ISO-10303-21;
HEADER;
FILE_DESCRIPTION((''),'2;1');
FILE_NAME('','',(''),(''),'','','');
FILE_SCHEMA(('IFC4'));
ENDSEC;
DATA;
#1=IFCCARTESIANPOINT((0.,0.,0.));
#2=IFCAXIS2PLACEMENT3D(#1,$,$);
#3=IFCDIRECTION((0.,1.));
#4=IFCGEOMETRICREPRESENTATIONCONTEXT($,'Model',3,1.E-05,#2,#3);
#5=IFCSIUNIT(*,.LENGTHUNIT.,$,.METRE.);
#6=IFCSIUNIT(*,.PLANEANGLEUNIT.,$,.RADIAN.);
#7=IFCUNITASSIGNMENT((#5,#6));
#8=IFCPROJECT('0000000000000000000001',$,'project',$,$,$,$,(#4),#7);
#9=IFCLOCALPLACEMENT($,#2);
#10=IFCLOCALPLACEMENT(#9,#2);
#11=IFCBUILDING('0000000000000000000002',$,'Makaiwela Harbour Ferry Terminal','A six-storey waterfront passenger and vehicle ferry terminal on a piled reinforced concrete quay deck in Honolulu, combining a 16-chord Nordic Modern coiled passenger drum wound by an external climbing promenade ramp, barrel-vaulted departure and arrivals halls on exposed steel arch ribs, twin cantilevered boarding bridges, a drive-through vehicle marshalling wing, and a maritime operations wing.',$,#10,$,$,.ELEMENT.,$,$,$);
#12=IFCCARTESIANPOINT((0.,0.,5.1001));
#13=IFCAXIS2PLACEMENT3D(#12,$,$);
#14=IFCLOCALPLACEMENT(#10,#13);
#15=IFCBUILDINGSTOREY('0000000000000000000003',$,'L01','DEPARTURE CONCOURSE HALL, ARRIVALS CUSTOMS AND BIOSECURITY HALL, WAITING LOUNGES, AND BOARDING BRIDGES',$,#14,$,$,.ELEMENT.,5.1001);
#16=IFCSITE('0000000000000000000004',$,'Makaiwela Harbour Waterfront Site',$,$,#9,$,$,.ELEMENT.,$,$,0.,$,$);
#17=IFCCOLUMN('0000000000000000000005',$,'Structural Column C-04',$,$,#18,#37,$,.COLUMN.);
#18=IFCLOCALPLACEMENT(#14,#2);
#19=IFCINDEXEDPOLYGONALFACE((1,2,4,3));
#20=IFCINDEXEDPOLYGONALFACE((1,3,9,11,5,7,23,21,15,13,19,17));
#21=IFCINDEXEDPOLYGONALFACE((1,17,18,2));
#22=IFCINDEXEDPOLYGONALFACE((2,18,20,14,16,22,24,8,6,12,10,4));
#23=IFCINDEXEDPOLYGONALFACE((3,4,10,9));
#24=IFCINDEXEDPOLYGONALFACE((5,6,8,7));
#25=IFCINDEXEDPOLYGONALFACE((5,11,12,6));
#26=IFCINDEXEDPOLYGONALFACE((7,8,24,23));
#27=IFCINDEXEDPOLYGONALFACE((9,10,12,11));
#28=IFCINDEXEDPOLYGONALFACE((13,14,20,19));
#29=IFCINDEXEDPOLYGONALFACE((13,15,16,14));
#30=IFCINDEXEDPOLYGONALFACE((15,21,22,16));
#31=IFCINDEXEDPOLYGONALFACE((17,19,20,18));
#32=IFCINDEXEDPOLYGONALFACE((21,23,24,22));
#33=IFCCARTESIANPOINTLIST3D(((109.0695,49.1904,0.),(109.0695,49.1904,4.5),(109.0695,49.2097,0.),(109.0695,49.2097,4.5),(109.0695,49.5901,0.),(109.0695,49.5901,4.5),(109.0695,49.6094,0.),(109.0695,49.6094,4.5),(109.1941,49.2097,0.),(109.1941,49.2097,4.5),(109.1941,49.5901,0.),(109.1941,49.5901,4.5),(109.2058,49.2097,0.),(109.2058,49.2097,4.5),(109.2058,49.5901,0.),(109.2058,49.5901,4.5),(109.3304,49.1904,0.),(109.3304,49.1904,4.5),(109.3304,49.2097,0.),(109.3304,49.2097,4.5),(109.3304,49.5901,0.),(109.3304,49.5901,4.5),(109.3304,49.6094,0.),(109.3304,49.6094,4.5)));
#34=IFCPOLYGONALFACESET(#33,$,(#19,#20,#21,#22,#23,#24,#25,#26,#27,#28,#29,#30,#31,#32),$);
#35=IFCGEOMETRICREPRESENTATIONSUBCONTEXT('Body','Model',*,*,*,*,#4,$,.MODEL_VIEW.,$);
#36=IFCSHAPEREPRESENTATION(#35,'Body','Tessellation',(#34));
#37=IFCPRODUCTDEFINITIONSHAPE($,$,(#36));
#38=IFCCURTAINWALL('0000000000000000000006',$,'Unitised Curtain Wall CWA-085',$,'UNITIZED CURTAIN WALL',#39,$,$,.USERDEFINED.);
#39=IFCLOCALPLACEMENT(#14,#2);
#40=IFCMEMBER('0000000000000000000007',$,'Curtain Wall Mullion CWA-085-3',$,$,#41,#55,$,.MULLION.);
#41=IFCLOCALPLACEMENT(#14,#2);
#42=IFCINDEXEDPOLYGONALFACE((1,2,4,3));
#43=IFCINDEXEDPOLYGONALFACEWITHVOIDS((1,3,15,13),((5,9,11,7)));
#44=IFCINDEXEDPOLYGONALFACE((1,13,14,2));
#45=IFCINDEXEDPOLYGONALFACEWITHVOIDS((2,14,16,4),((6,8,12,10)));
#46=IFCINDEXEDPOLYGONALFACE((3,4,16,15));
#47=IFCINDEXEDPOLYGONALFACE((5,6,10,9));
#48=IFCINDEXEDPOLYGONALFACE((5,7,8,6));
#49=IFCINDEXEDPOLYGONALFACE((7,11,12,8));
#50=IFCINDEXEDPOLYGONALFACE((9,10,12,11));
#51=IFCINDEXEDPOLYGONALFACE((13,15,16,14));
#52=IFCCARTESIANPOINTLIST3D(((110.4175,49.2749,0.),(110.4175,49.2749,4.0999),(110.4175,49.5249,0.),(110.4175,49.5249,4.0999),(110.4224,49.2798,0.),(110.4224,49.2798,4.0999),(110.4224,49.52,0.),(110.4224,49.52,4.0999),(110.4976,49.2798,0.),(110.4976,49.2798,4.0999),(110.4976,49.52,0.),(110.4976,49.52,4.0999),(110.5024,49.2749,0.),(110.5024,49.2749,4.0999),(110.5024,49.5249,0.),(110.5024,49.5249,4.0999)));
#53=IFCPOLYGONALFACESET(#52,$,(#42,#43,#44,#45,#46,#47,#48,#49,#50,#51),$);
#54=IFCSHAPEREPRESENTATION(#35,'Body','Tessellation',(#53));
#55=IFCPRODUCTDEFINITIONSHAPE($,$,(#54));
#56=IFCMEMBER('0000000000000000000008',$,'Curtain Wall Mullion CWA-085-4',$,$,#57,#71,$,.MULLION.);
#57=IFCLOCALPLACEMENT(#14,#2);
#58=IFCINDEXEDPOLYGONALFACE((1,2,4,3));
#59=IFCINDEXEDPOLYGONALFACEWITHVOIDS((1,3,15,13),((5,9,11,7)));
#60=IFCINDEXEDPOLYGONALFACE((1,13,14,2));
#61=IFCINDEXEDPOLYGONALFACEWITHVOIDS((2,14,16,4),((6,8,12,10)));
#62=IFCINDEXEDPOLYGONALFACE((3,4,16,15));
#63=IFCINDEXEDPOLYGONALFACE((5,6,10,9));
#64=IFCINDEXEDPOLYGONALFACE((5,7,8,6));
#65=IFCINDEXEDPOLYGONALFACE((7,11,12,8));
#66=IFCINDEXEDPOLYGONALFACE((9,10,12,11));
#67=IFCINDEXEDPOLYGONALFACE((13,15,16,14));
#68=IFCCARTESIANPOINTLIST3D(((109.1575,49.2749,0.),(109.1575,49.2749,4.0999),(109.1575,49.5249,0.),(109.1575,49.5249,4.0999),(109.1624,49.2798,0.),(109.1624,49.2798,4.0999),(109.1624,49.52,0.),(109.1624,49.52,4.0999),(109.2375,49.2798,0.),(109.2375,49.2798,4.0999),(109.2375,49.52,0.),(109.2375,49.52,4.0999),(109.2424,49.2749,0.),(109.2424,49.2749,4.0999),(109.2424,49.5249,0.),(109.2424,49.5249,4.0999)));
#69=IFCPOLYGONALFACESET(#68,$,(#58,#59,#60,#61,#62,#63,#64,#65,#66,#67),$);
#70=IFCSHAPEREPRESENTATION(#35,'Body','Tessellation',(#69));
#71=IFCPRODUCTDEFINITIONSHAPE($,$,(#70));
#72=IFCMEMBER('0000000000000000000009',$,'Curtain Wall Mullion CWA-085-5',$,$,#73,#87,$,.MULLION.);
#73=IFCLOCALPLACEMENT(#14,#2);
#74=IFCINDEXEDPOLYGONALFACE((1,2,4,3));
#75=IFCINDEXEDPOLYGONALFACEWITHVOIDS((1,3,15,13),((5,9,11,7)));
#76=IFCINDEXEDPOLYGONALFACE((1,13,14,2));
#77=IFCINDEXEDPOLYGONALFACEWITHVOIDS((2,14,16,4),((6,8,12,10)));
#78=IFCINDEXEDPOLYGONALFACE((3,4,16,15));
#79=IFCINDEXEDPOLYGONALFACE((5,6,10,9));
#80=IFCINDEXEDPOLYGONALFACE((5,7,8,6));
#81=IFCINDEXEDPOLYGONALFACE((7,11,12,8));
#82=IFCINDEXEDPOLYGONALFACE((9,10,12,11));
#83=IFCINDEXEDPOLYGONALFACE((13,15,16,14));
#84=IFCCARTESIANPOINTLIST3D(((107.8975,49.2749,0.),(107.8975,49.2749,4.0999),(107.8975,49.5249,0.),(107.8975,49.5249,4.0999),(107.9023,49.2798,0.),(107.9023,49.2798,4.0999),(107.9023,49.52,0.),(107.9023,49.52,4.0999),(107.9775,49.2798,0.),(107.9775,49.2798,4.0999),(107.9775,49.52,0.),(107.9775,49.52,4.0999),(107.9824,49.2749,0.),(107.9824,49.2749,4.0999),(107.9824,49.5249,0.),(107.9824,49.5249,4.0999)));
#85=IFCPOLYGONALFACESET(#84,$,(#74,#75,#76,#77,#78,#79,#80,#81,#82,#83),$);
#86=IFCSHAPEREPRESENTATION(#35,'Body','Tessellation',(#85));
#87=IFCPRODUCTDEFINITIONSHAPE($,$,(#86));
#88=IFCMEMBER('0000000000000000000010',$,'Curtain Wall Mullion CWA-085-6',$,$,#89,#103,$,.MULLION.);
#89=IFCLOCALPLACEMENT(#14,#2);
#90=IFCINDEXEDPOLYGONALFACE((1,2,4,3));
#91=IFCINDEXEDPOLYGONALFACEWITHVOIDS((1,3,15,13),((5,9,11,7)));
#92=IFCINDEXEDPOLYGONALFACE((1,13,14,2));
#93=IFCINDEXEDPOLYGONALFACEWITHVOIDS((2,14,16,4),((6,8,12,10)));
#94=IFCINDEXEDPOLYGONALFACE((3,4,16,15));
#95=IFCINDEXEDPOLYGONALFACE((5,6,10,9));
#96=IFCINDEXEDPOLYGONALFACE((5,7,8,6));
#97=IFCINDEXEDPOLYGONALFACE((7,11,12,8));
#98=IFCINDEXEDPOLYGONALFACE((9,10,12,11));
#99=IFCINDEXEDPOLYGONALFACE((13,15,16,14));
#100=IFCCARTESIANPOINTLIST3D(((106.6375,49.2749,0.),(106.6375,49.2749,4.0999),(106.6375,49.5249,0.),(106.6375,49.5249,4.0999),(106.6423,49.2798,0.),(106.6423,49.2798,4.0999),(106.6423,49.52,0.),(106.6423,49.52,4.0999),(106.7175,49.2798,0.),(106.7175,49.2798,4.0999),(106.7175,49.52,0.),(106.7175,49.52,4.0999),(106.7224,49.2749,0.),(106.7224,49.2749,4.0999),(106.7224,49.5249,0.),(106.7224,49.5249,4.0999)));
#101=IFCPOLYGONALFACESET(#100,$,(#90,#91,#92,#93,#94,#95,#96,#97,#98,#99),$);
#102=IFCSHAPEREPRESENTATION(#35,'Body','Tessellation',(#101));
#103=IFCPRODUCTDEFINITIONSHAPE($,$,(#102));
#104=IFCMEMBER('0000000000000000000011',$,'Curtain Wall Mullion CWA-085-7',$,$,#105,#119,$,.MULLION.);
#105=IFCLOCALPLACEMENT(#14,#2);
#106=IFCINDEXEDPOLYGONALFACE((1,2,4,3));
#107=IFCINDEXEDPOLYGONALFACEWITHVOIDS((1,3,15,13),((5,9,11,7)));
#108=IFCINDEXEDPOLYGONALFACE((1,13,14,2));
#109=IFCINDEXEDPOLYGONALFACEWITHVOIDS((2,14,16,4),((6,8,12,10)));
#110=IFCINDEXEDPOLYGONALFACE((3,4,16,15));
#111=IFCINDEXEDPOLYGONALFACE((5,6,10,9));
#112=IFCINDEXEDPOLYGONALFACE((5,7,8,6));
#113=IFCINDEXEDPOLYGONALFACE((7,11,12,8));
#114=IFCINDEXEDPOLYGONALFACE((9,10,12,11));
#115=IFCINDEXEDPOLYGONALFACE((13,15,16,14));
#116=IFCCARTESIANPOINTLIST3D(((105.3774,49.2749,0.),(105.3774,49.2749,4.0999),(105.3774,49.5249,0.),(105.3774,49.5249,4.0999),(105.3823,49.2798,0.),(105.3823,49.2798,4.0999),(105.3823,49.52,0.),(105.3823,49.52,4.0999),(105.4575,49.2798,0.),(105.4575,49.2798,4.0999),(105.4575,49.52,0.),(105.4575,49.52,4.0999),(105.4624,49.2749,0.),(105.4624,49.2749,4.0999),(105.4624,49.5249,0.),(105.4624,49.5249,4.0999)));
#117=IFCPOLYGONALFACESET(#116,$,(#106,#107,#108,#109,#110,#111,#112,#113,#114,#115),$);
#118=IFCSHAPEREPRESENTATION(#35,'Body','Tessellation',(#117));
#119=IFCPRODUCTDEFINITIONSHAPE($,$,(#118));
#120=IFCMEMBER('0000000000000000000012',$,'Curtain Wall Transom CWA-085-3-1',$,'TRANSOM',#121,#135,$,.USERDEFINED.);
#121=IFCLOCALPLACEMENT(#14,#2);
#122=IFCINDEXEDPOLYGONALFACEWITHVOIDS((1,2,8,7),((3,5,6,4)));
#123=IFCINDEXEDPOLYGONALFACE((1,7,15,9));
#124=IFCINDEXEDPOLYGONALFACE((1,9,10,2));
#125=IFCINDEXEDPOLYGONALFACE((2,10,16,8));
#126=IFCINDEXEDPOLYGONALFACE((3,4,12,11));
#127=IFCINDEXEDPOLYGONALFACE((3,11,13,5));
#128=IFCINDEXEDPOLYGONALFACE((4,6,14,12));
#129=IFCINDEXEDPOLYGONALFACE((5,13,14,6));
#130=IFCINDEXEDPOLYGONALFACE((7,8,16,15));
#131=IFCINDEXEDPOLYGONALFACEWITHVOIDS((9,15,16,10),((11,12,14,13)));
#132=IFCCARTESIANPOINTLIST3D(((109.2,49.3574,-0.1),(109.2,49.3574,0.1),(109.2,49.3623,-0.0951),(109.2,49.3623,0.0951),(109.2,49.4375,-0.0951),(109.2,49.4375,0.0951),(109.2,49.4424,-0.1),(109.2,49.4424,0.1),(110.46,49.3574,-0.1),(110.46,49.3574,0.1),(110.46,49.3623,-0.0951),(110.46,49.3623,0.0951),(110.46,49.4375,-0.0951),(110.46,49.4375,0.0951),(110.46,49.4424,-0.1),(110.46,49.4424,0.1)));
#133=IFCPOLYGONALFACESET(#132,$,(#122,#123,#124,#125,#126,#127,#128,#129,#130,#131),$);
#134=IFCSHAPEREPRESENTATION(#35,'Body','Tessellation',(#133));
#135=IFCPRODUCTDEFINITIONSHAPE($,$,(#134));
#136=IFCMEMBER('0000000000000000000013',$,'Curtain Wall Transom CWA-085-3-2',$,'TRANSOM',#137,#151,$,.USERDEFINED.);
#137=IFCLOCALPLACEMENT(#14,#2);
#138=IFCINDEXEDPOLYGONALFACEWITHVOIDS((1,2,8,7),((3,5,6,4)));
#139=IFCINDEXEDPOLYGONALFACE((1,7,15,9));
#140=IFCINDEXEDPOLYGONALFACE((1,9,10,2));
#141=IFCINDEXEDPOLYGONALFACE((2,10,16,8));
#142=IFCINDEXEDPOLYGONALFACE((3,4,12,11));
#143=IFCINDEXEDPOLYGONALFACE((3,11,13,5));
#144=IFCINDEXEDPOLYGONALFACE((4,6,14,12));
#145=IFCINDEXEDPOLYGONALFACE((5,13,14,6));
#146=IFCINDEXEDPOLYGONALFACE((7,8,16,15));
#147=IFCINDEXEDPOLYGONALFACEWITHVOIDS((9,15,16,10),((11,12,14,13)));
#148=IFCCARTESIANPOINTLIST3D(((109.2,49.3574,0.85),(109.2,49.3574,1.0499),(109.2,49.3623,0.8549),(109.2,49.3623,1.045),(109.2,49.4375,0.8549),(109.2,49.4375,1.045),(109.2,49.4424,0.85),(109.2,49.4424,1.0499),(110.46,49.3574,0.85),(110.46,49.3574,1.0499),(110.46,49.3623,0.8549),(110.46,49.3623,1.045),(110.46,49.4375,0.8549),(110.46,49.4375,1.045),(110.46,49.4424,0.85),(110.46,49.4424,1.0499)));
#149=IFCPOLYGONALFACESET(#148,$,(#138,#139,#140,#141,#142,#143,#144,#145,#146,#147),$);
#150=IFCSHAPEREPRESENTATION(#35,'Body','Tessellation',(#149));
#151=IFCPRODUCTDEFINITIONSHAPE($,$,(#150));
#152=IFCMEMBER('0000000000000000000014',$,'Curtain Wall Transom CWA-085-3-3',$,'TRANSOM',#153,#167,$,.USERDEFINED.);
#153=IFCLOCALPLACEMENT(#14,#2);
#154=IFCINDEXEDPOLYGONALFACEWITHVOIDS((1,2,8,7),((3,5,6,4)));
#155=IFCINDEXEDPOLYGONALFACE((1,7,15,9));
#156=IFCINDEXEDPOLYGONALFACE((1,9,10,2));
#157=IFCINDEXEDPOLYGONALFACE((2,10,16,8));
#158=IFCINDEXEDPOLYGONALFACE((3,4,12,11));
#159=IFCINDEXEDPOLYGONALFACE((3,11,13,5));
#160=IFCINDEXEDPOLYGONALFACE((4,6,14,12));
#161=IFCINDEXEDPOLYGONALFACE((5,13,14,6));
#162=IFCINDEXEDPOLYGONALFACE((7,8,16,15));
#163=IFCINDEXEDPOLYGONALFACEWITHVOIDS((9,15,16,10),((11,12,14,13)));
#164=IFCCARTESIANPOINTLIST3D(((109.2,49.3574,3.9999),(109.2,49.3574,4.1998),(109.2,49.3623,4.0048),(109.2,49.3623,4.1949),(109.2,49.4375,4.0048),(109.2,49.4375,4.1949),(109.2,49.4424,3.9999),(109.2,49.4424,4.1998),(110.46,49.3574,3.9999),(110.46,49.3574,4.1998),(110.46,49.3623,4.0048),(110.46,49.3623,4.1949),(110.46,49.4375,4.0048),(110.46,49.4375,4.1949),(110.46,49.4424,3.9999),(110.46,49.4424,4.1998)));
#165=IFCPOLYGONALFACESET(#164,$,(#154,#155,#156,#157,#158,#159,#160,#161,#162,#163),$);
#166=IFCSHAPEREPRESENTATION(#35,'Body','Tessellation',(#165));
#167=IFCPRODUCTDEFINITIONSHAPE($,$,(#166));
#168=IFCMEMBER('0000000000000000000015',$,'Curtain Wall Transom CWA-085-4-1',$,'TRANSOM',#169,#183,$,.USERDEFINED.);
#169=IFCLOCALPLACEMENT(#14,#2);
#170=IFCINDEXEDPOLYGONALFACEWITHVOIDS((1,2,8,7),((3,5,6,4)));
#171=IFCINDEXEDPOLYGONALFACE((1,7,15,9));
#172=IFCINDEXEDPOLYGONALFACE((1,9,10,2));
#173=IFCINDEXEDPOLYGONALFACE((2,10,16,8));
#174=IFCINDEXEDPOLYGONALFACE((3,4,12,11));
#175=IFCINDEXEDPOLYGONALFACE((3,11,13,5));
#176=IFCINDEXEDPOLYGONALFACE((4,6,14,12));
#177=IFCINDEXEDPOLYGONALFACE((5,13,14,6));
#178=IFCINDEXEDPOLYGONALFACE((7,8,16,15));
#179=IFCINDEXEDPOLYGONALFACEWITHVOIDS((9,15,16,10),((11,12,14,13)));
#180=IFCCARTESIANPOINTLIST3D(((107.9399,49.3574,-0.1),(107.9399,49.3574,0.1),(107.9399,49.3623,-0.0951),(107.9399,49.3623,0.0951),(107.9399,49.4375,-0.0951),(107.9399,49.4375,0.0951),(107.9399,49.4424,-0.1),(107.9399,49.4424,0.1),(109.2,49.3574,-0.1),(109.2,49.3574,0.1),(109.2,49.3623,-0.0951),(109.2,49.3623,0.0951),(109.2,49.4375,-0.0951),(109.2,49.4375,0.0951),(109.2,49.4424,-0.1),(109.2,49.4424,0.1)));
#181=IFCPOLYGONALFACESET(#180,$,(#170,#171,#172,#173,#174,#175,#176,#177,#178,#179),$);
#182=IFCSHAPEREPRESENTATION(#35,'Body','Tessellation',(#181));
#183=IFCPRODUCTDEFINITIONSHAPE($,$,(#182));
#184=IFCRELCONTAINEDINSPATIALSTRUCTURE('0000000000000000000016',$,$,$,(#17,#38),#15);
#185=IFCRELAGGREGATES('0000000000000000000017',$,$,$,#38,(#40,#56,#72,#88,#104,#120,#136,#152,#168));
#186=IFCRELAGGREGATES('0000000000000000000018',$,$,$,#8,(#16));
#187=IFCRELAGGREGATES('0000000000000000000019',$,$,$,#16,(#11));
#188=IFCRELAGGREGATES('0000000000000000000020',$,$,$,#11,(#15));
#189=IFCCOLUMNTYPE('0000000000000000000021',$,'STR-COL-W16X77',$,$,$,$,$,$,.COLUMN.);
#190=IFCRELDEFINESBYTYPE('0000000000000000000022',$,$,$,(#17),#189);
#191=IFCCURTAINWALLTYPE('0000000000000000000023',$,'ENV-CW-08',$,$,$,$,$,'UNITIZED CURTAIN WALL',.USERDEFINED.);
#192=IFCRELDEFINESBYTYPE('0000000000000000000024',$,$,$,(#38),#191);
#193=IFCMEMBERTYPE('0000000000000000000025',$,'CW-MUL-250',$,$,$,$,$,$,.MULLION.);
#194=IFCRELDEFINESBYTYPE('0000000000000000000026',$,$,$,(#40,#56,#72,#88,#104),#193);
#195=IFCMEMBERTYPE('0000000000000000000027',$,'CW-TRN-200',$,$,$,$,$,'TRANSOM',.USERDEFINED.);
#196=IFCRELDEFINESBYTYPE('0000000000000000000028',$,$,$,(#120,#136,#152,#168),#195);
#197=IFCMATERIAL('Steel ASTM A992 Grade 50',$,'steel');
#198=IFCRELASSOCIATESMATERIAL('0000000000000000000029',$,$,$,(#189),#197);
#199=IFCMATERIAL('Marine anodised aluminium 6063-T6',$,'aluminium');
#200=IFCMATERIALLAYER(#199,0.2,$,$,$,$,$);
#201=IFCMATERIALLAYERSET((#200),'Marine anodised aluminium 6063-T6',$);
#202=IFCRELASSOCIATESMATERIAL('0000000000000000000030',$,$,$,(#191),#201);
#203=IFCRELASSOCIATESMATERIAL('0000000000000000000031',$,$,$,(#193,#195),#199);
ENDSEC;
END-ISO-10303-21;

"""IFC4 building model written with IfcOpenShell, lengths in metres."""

from ifc_helpers import new_model, si_unit, direction, frame, origin, origin_2d, place, context, subcontext, project, spatial, hollow_rectangle, i_section, extrude, material, layer, layer_set, material_profile, profile_set, type_object, element, aggregate, save


model = new_model("IFC4")

# Units and contexts
model_context = context("Model", 3, precision=1e-05, world=origin(), true_north=direction((0.0, 1.0)))
body_context = subcontext(model_context, "Body", "Model", "MODEL_VIEW")
ifc_project = project(units=[si_unit("LENGTHUNIT", "METRE"), si_unit("PLANEANGLEUNIT", "RADIAN")], contexts=[model_context])

# Site, building, storey
site_placement = place(None, origin())
site = spatial("IfcSite", under=ifc_project, at=site_placement, Name="Makaiwela Harbour Waterfront Site", CompositionType="ELEMENT", RefElevation=0.0)
building_placement = place(site_placement, origin())
building = spatial("IfcBuilding", under=site, at=building_placement, Name="Makaiwela Harbour Ferry Terminal", Description="A six-storey waterfront passenger and vehicle ferry terminal on a piled reinforced concrete quay deck in Honolulu, combining a 16-chord Nordic Modern coiled passenger drum wound by an external climbing promenade ramp, barrel-vaulted departure and arrivals halls on exposed steel arch ribs, twin cantilevered boarding bridges, a drive-through vehicle marshalling wing, and a maritime operations wing.", CompositionType="ELEMENT")
storey_placement = place(building_placement, frame((0.0, 0.0, 5.1001)))
storey = spatial("IfcBuildingStorey", under=building, at=storey_placement, Name="L01", Description="DEPARTURE CONCOURSE HALL, ARRIVALS CUSTOMS AND BIOSECURITY HALL, WAITING LOUNGES, AND BOARDING BRIDGES", CompositionType="ELEMENT", Elevation=5.1001)

# Column
ifc_material_1 = material(Name="Steel ASTM A992 Grade 50", Category="steel")
ifc_material_profile_1 = material_profile(ifc_material_1, i_section(OverallWidth=0.261, OverallDepth=0.4189, WebThickness=0.0117, FlangeThickness=0.0193, at=origin_2d()), Name="W16X77")
ifc_profile_set_1 = profile_set([ifc_material_profile_1], Name="Steel ASTM A992 Grade 50")
column_type = type_object("IfcColumnType", Name="STR-COL-W16X77", PredefinedType="COLUMN", material=ifc_profile_set_1)
column_placement = place(storey_placement, frame((109.2, 49.3999, 0.0), z_axis=(0.0, 0.0, 1.0), x_axis=(1.0, 0.0, 0.0)))
element("IfcColumn", 1, at=column_placement, inside=storey, type_object=column_type, Name="Structural Column C-04", PredefinedType="COLUMN", context=body_context, shape_type="SweptSolid", body=[
    extrude(i_section(OverallWidth=0.261, OverallDepth=0.4189, WebThickness=0.0117, FlangeThickness=0.0193, at=origin_2d()), origin(), (0.0, 0.0, 1.0), 4.5),
])

# Curtain wall, members
ifc_material_2 = material(Name="Marine anodised aluminium 6063-T6", Category="aluminium")
ifc_layer_1 = layer(ifc_material_2, 0.2)
ifc_layer_set_1 = layer_set([ifc_layer_1], Name="Marine anodised aluminium 6063-T6")
curtain_wall_type = type_object("IfcCurtainWallType", Name="ENV-CW-08", ElementType="UNITIZED CURTAIN WALL", PredefinedType="USERDEFINED", material=ifc_layer_set_1)
curtain_wall_placement = place(storey_placement, origin())
curtain_wall = element("IfcCurtainWall", 2, at=curtain_wall_placement, inside=storey, type_object=curtain_wall_type, Name="Unitised Curtain Wall CWA-085", ObjectType="UNITIZED CURTAIN WALL", PredefinedType="USERDEFINED")
ifc_material_profile_2 = material_profile(ifc_material_2, hollow_rectangle(XDim=0.085, YDim=0.25, WallThickness=0.0049, at=origin_2d()), Name="CWM-250X85")
ifc_profile_set_2 = profile_set([ifc_material_profile_2], Name="Marine anodised aluminium 6063-T6")
member_type_1 = type_object("IfcMemberType", Name="CW-MUL-250", PredefinedType="MULLION", material=ifc_profile_set_2)
member_1_placement = place(storey_placement, frame((110.46, 49.3999, 0.0), z_axis=(0.0, 0.0, 1.0), x_axis=(1.0, 0.0, 0.0)))
member_1 = element("IfcMember", 3, at=member_1_placement, type_object=member_type_1, Name="Curtain Wall Mullion CWA-085-3", PredefinedType="MULLION", context=body_context, shape_type="SweptSolid", body=[
    extrude(hollow_rectangle(XDim=0.085, YDim=0.25, WallThickness=0.0049, at=origin_2d()), origin(), (0.0, 0.0, 1.0), 4.0999),
])
member_2_placement = place(storey_placement, frame((109.2, 49.3999, 0.0), z_axis=(0.0, 0.0, 1.0), x_axis=(1.0, 0.0, 0.0)))
member_2 = element("IfcMember", 4, at=member_2_placement, type_object=member_type_1, Name="Curtain Wall Mullion CWA-085-4", PredefinedType="MULLION", context=body_context, shape_type="SweptSolid", body=[
    extrude(hollow_rectangle(XDim=0.085, YDim=0.25, WallThickness=0.0049, at=origin_2d()), origin(), (0.0, 0.0, 1.0), 4.0999),
])
member_3_placement = place(storey_placement, frame((107.9399, 49.3999, 0.0), z_axis=(0.0, 0.0, 1.0), x_axis=(1.0, 0.0, 0.0)))
member_3 = element("IfcMember", 5, at=member_3_placement, type_object=member_type_1, Name="Curtain Wall Mullion CWA-085-5", PredefinedType="MULLION", context=body_context, shape_type="SweptSolid", body=[
    extrude(hollow_rectangle(XDim=0.085, YDim=0.25, WallThickness=0.0049, at=origin_2d()), origin(), (0.0, 0.0, 1.0), 4.0999),
])
member_4_placement = place(storey_placement, frame((106.6799, 49.3999, 0.0), z_axis=(0.0, 0.0, 1.0), x_axis=(1.0, 0.0, 0.0)))
member_4 = element("IfcMember", 6, at=member_4_placement, type_object=member_type_1, Name="Curtain Wall Mullion CWA-085-6", PredefinedType="MULLION", context=body_context, shape_type="SweptSolid", body=[
    extrude(hollow_rectangle(XDim=0.085, YDim=0.25, WallThickness=0.0049, at=origin_2d()), origin(), (0.0, 0.0, 1.0), 4.0999),
])
member_5_placement = place(storey_placement, frame((105.4199, 49.3999, 0.0), z_axis=(0.0, 0.0, 1.0), x_axis=(1.0, 0.0, 0.0)))
member_5 = element("IfcMember", 7, at=member_5_placement, type_object=member_type_1, Name="Curtain Wall Mullion CWA-085-7", PredefinedType="MULLION", context=body_context, shape_type="SweptSolid", body=[
    extrude(hollow_rectangle(XDim=0.085, YDim=0.25, WallThickness=0.0049, at=origin_2d()), origin(), (0.0, 0.0, 1.0), 4.0999),
])
ifc_material_profile_3 = material_profile(ifc_material_2, hollow_rectangle(XDim=0.085, YDim=0.2, WallThickness=0.0049, at=origin_2d()), Name="CWT-200X85")
ifc_profile_set_3 = profile_set([ifc_material_profile_3], Name="Marine anodised aluminium 6063-T6")
member_type_2 = type_object("IfcMemberType", Name="CW-TRN-200", ElementType="TRANSOM", PredefinedType="USERDEFINED", material=ifc_profile_set_3)
member_6_placement = place(storey_placement, frame((110.46, 49.3999, 0.0), z_axis=(-1.0, 0.0, 0.0), x_axis=(0.0, -1.0, 0.0)))
member_6 = element("IfcMember", 8, at=member_6_placement, type_object=member_type_2, Name="Curtain Wall Transom CWA-085-3-1", ObjectType="TRANSOM", PredefinedType="USERDEFINED", context=body_context, shape_type="SweptSolid", body=[
    extrude(hollow_rectangle(XDim=0.085, YDim=0.2, WallThickness=0.0049, at=origin_2d()), origin(), (0.0, 0.0, 1.0), 1.26),
])
member_7_placement = place(storey_placement, frame((110.46, 49.3999, 0.95), z_axis=(-1.0, 0.0, 0.0), x_axis=(0.0, -1.0, 0.0)))
member_7 = element("IfcMember", 9, at=member_7_placement, type_object=member_type_2, Name="Curtain Wall Transom CWA-085-3-2", ObjectType="TRANSOM", PredefinedType="USERDEFINED", context=body_context, shape_type="SweptSolid", body=[
    extrude(hollow_rectangle(XDim=0.085, YDim=0.2, WallThickness=0.0049, at=origin_2d()), origin(), (0.0, 0.0, 1.0), 1.26),
])
member_8_placement = place(storey_placement, frame((110.46, 49.3999, 4.0999), z_axis=(-1.0, 0.0, 0.0), x_axis=(0.0, -1.0, 0.0)))
member_8 = element("IfcMember", 10, at=member_8_placement, type_object=member_type_2, Name="Curtain Wall Transom CWA-085-3-3", ObjectType="TRANSOM", PredefinedType="USERDEFINED", context=body_context, shape_type="SweptSolid", body=[
    extrude(hollow_rectangle(XDim=0.085, YDim=0.2, WallThickness=0.0049, at=origin_2d()), origin(), (0.0, 0.0, 1.0), 1.26),
])
member_9_placement = place(storey_placement, frame((109.2, 49.3999, 0.0), z_axis=(-1.0, 0.0, 0.0), x_axis=(0.0, -1.0, 0.0)))
member_9 = element("IfcMember", 11, at=member_9_placement, type_object=member_type_2, Name="Curtain Wall Transom CWA-085-4-1", ObjectType="TRANSOM", PredefinedType="USERDEFINED", context=body_context, shape_type="SweptSolid", body=[
    extrude(hollow_rectangle(XDim=0.085, YDim=0.2, WallThickness=0.0049, at=origin_2d()), origin(), (0.0, 0.0, 1.0), 1.26),
])

aggregate(curtain_wall, [member_1, member_2, member_3, member_4, member_5, member_6, member_7, member_8, member_9])

save(model, "model.ifc")
